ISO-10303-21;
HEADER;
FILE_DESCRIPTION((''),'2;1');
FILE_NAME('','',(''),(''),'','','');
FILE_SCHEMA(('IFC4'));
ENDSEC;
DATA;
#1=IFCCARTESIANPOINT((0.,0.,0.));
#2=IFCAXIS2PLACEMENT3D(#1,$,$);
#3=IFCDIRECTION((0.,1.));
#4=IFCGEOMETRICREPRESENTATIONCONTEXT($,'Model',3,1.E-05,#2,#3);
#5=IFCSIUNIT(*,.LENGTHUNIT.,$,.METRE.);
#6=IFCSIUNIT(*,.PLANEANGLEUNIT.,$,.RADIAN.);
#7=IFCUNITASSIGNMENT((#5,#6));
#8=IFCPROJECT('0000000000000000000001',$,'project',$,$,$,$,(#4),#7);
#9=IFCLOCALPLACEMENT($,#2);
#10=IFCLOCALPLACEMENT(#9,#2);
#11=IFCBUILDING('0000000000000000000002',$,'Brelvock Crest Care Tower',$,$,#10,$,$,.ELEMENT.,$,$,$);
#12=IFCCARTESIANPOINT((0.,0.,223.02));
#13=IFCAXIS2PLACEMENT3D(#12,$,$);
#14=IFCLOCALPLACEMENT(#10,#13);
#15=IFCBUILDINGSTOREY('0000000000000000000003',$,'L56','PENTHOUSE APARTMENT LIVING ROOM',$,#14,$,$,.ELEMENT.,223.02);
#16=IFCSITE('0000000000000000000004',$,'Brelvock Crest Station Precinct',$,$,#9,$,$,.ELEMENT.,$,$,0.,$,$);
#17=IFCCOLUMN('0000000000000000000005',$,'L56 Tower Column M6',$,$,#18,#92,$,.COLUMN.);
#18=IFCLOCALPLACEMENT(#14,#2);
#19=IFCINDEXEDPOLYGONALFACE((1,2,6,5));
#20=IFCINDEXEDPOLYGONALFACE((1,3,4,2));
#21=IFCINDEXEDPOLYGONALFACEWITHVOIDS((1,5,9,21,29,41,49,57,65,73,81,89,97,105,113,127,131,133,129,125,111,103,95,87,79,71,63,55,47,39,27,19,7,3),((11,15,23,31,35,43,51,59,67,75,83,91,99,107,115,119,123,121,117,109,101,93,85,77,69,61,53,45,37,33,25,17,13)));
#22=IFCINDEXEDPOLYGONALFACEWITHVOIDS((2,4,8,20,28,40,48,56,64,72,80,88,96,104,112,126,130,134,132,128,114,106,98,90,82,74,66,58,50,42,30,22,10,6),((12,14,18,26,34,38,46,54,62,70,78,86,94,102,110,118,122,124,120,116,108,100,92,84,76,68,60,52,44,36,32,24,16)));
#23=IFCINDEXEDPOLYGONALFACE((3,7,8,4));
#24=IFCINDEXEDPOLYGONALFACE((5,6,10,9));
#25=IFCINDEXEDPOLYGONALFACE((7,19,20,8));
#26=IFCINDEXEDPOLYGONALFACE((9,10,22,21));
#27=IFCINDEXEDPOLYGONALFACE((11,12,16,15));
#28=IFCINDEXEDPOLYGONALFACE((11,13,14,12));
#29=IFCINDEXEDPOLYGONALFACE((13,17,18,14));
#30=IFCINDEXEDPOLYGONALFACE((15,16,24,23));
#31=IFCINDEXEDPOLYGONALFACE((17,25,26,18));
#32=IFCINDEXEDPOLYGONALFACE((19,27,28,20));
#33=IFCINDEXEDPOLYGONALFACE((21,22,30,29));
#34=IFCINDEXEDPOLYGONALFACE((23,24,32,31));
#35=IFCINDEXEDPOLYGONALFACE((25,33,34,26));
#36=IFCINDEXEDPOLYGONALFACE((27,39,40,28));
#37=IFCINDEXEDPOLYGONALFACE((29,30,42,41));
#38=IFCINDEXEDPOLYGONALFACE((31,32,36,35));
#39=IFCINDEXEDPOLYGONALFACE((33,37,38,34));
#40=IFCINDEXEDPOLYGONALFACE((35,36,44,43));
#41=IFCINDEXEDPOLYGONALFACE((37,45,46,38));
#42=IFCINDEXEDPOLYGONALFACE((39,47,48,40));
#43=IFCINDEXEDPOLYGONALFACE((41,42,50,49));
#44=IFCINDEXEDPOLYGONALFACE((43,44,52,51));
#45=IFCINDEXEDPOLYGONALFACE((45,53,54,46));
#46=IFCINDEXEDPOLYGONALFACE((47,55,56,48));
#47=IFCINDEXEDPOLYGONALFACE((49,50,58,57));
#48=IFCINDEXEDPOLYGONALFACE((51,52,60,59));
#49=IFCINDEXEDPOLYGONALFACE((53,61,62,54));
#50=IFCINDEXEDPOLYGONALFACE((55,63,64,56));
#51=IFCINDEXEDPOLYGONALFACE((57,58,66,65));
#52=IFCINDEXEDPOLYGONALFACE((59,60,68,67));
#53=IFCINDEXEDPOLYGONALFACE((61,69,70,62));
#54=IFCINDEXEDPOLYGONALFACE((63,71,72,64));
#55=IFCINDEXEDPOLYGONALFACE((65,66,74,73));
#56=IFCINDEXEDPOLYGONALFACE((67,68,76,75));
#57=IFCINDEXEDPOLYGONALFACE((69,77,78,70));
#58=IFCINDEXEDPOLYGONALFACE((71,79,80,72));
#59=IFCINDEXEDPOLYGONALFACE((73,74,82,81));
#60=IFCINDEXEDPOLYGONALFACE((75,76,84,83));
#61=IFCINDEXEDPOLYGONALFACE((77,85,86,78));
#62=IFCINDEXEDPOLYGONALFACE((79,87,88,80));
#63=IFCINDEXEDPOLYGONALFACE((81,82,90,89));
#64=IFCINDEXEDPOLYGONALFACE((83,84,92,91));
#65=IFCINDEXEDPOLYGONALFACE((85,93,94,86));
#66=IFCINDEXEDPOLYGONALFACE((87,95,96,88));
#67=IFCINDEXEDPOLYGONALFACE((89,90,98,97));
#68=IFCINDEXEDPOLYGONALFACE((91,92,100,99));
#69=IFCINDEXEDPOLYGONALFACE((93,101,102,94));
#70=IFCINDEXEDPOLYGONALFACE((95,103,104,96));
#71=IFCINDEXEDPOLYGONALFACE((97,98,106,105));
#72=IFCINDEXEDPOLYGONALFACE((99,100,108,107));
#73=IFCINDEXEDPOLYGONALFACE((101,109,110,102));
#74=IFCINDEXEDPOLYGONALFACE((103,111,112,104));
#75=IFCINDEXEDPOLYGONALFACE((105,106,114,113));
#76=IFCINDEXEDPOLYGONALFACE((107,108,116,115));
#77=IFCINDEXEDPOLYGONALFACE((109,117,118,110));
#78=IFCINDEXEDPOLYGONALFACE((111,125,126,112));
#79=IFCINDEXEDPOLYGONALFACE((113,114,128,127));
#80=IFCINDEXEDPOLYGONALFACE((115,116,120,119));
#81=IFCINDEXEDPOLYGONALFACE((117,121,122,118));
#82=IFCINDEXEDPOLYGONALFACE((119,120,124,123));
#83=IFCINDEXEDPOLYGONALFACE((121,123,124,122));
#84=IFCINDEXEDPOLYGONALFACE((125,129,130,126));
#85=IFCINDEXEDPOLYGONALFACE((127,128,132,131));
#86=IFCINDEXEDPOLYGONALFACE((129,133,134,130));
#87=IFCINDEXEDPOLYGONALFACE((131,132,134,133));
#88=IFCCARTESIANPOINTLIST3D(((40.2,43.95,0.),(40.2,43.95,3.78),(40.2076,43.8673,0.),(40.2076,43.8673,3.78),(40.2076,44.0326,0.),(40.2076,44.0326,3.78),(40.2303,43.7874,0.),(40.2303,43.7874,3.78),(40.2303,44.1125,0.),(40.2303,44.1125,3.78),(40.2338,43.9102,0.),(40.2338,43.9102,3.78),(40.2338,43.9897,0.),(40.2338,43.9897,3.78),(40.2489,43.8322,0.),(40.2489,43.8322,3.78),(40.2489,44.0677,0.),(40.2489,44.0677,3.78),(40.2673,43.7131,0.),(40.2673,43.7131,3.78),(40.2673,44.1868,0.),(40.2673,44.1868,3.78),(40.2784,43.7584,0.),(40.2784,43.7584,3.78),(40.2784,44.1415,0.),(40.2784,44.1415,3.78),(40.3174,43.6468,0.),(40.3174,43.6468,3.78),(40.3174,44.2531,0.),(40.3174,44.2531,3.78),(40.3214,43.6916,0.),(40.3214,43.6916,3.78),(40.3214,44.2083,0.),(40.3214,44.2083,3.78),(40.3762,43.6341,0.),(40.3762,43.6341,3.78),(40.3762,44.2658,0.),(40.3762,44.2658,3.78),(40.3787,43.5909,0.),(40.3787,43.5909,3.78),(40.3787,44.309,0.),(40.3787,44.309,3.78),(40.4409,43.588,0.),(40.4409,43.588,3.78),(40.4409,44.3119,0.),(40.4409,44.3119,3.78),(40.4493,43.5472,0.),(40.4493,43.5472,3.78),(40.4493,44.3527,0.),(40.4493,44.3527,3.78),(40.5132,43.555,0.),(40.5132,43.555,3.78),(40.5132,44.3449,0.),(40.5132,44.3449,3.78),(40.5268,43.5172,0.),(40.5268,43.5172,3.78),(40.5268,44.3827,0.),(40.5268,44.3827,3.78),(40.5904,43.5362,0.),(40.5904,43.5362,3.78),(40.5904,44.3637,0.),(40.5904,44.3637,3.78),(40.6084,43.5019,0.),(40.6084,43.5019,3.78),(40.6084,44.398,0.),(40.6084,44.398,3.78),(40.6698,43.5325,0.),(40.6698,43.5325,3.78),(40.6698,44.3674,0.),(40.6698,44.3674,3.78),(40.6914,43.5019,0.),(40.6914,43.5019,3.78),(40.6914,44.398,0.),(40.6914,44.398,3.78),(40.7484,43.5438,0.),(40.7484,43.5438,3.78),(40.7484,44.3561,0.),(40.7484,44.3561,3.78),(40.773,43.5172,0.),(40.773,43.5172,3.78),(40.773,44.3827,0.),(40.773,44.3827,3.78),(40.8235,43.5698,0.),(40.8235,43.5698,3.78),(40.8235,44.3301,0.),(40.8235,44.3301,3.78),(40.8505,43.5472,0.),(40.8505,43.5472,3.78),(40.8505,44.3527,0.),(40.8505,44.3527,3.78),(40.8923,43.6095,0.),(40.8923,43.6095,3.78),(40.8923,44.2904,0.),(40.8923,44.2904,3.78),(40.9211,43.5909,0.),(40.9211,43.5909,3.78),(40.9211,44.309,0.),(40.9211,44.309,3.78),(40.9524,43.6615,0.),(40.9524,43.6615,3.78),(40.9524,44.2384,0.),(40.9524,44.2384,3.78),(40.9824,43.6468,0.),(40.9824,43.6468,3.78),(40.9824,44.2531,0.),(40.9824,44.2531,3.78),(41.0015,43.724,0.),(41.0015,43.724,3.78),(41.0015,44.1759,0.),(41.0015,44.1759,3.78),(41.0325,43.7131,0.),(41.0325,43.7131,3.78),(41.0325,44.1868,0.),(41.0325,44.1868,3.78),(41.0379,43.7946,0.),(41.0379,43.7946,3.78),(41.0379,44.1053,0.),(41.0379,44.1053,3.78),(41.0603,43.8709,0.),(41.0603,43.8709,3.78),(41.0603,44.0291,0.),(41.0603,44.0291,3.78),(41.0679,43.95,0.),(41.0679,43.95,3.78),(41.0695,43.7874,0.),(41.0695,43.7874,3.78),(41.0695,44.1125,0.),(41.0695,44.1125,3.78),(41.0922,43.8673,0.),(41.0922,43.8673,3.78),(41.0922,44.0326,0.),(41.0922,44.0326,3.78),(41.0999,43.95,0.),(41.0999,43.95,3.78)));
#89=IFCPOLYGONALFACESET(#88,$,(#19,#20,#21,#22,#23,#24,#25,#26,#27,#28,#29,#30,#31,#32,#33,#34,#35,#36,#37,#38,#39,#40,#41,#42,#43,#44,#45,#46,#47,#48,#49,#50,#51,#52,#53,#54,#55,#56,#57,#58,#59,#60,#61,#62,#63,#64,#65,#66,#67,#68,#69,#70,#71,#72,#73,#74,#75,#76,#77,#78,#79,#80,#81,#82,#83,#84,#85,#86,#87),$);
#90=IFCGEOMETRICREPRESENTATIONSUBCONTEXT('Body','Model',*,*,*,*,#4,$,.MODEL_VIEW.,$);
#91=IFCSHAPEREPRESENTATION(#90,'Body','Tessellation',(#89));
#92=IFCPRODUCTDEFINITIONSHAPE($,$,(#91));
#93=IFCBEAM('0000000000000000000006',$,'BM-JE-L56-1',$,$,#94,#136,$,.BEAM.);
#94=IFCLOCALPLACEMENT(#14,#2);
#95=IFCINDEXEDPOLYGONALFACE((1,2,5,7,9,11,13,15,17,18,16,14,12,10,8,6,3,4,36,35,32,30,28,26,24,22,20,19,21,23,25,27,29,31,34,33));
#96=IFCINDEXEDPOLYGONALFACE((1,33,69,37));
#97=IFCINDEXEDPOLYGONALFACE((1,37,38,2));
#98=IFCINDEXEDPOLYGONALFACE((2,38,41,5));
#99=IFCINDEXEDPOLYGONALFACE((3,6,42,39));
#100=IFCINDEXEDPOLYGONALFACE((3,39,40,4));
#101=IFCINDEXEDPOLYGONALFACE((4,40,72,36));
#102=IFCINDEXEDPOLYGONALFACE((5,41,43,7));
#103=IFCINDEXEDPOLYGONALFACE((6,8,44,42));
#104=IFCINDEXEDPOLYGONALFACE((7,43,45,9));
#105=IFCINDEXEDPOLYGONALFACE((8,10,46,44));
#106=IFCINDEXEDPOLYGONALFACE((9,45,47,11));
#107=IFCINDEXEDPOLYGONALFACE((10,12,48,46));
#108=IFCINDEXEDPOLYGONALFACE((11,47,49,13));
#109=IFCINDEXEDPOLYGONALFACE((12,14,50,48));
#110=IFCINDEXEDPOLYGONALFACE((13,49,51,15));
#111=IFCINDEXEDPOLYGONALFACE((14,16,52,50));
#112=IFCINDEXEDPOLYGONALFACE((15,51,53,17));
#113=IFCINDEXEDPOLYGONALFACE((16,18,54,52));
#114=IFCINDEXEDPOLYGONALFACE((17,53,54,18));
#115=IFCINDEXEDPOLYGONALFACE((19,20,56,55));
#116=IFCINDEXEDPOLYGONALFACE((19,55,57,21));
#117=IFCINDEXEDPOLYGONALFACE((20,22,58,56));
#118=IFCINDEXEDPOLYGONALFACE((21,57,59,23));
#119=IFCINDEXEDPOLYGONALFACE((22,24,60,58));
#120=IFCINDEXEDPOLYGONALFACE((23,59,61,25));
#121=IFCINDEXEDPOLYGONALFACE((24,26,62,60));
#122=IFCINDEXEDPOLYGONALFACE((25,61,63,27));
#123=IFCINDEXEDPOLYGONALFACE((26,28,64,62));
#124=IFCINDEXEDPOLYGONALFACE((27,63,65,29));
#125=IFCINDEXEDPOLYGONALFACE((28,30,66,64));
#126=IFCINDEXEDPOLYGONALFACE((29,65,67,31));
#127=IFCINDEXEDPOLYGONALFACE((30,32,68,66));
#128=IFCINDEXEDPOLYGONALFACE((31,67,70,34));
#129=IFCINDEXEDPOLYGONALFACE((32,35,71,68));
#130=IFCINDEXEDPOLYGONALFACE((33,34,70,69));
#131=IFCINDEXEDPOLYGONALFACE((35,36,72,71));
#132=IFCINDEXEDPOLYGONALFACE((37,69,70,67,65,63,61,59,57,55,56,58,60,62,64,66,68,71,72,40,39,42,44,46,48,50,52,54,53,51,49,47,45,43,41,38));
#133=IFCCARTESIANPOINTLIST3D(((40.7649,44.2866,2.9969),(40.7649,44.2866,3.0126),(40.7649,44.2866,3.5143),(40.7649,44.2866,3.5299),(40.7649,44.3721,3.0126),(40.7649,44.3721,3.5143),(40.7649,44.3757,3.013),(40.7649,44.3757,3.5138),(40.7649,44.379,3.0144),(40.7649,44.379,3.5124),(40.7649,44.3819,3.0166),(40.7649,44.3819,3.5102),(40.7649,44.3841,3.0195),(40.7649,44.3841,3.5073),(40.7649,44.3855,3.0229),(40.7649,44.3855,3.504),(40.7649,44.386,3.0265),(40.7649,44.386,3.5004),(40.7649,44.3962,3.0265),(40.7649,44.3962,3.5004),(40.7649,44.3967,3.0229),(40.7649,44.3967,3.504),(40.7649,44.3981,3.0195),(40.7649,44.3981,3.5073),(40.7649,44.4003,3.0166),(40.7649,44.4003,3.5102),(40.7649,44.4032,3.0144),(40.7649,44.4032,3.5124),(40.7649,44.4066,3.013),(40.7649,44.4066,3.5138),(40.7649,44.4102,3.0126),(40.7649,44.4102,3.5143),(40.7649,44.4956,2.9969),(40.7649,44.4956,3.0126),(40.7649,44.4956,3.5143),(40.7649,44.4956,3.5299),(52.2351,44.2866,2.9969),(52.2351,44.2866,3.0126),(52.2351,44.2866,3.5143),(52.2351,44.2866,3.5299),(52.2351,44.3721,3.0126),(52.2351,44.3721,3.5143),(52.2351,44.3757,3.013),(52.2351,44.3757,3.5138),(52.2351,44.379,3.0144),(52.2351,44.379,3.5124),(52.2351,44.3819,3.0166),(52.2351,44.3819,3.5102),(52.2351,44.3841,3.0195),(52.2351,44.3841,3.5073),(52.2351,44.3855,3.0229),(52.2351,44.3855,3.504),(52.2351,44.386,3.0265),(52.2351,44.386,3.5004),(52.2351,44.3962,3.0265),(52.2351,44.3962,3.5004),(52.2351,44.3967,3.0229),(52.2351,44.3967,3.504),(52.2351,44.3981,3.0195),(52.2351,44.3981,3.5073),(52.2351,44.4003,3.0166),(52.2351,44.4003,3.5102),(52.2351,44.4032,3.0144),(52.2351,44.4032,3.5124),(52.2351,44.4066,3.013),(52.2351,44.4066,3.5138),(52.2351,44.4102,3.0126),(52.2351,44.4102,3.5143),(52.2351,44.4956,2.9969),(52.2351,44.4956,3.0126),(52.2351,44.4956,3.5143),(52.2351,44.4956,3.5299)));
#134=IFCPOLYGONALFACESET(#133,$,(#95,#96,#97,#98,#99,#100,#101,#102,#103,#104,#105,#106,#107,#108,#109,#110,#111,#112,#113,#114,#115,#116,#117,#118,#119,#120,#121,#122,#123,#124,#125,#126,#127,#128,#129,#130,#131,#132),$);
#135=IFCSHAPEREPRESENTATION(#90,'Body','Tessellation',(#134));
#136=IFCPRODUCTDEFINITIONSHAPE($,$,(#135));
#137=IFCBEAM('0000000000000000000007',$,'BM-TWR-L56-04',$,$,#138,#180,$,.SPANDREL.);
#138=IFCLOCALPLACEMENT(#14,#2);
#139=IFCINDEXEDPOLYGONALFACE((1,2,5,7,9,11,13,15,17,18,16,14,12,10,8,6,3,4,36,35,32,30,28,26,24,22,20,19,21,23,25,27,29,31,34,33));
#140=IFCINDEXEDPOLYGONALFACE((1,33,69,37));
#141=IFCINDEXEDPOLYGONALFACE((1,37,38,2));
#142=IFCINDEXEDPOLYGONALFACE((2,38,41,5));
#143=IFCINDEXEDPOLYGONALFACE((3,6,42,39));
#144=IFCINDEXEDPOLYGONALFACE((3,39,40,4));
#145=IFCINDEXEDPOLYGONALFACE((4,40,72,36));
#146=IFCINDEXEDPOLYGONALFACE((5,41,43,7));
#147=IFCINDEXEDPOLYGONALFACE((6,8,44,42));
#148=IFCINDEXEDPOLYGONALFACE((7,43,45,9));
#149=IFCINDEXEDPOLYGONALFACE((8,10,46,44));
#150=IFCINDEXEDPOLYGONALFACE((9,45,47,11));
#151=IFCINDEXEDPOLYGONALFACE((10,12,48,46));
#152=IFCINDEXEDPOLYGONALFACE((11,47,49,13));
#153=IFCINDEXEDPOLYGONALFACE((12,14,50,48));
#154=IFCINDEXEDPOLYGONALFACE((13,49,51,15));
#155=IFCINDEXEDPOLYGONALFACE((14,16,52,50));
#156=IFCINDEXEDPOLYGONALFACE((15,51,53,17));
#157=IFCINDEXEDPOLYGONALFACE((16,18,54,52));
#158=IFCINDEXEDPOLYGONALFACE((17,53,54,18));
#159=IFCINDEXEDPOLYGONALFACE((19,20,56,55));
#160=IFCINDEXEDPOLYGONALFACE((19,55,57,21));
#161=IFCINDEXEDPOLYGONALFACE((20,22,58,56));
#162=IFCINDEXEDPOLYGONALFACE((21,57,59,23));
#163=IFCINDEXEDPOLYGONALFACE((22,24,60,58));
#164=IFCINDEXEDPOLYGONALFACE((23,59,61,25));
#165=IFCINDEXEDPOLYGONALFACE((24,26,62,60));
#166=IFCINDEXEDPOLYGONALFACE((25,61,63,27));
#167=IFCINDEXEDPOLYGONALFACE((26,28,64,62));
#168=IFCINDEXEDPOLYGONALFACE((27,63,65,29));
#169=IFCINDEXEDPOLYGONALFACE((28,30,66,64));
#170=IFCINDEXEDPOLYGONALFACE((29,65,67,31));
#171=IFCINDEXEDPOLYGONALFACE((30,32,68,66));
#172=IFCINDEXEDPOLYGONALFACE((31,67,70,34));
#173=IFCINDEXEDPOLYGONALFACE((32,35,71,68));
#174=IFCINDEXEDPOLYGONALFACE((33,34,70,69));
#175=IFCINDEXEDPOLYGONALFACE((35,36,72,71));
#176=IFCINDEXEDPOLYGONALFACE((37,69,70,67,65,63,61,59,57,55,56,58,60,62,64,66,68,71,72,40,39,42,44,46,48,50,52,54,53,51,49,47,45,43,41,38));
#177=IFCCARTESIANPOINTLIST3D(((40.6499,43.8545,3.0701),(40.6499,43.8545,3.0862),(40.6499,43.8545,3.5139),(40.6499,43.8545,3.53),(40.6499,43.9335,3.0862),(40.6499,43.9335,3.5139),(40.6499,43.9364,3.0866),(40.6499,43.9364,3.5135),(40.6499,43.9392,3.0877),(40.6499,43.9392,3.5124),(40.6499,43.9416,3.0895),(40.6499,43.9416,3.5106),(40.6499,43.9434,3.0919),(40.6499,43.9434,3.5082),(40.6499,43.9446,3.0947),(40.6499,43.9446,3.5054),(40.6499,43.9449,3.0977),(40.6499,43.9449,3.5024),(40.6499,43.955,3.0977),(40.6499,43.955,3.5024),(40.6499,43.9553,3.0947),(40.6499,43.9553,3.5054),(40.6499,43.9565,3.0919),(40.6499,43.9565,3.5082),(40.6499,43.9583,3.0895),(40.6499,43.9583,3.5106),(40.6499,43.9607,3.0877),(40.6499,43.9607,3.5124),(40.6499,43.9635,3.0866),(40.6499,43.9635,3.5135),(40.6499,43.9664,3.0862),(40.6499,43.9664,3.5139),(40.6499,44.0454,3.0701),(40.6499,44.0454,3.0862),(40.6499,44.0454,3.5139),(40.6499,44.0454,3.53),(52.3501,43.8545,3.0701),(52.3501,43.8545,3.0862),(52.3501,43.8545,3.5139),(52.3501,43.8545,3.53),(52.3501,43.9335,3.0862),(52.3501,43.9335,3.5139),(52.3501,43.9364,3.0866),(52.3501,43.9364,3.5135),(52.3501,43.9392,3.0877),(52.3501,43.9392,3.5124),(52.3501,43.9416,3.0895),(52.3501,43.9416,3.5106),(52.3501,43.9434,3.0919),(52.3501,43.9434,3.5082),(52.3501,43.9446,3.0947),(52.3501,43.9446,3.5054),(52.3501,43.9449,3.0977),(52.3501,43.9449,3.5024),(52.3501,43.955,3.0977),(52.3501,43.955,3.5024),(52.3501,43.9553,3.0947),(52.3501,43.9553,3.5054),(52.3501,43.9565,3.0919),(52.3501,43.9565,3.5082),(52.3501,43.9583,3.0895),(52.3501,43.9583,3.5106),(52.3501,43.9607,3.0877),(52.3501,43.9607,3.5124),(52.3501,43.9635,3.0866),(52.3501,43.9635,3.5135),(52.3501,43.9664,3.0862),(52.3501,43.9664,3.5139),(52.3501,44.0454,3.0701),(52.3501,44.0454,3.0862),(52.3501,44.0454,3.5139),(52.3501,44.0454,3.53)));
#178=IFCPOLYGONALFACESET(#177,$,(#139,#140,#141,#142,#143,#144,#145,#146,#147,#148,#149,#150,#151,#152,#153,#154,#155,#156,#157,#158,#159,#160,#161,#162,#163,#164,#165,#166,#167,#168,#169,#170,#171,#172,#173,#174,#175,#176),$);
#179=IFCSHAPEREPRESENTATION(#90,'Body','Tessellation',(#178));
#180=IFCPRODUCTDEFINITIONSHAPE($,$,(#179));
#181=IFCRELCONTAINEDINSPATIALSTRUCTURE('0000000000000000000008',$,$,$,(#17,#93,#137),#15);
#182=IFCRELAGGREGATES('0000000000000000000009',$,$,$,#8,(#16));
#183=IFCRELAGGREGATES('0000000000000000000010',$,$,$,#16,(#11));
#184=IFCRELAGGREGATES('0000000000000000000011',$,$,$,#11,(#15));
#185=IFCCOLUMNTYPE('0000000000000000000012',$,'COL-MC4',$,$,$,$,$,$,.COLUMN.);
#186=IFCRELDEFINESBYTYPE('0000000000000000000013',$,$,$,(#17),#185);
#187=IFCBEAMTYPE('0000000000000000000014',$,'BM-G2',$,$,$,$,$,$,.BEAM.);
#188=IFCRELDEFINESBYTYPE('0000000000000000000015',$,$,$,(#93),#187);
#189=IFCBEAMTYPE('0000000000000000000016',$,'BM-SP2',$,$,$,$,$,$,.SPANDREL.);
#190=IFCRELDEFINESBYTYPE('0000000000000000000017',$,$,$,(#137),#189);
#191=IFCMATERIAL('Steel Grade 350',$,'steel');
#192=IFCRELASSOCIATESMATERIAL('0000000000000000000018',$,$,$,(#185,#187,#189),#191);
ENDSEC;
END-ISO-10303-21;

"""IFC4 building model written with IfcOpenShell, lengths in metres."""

from ifc_helpers import new_model, si_unit, direction, frame, origin, origin_2d, place, context, subcontext, project, spatial, hollow_circle, i_section, extrude, source, transform, mapped, material, material_profile, profile_set, type_object, element, save


model = new_model("IFC4")

# Units and contexts
model_context = context("Model", 3, precision=1e-05, world=origin(), true_north=direction((0.0, 1.0)))
body_context = subcontext(model_context, "Body", "Model", "MODEL_VIEW")
ifc_project = project(units=[si_unit("LENGTHUNIT", "METRE"), si_unit("PLANEANGLEUNIT", "RADIAN")], contexts=[model_context])

# Site, building, storey
site_placement = place(None, origin())
site = spatial("IfcSite", under=ifc_project, at=site_placement, Name="Brelvock Crest Station Precinct", CompositionType="ELEMENT", RefElevation=0.0)
building_placement = place(site_placement, origin())
building = spatial("IfcBuilding", under=site, at=building_placement, Name="Brelvock Crest Care Tower", CompositionType="ELEMENT")
storey_placement = place(building_placement, frame((0.0, 0.0, 223.02)))
storey = spatial("IfcBuildingStorey", under=building, at=storey_placement, Name="L56", Description="PENTHOUSE APARTMENT LIVING ROOM", CompositionType="ELEMENT", Elevation=223.02)

# Column
ifc_material_1 = material(Name="Steel Grade 350", Category="steel")
ifc_material_profile_1 = material_profile(ifc_material_1, hollow_circle(Radius=0.45, WallThickness=0.032, at=origin_2d()), Name="CFT900x32")
ifc_profile_set_1 = profile_set([ifc_material_profile_1], Name="Steel Grade 350")
column_type = type_object("IfcColumnType", Name="COL-MC4", PredefinedType="COLUMN", material=ifc_profile_set_1)
shared_shape_1 = source(origin(), body_context, "Body", "SweptSolid", [
    extrude(hollow_circle(Radius=0.45, WallThickness=0.032, at=origin_2d()), origin(), (0.0, 0.0, 1.0), 3.78),
])
column_placement = place(storey_placement, frame((40.6499, 43.95, 0.0), z_axis=(0.0, 0.0, 1.0), x_axis=(1.0, 0.0, 0.0)))
element("IfcColumn", 1, at=column_placement, inside=storey, type_object=column_type, Name="L56 Tower Column M6", PredefinedType="COLUMN", context=body_context, shape_type="MappedRepresentation", body=[
    mapped(shared_shape_1, transform((0.0, 0.0, 0.0), x_axis=(1.0, 0.0, 0.0), y_axis=(0.0, 1.0, 0.0), z_axis=(0.0, 0.0, 1.0), scale=1.0)),
])

# Beams
ifc_material_profile_2 = material_profile(ifc_material_1, i_section(OverallWidth=0.209, OverallDepth=0.533, WebThickness=0.0103, FlangeThickness=0.0156, FilletRadius=0.0139, at=origin_2d()), Name="530UB92.4")
ifc_profile_set_2 = profile_set([ifc_material_profile_2], Name="Steel Grade 350")
beam_type_1 = type_object("IfcBeamType", Name="BM-G2", PredefinedType="BEAM", material=ifc_profile_set_2)
shared_shape_2 = source(origin(), body_context, "Body", "SweptSolid", [
    extrude(i_section(OverallWidth=0.209, OverallDepth=0.533, WebThickness=0.0103, FlangeThickness=0.0156, FilletRadius=0.0139, at=origin_2d()), origin(), (0.0, 0.0, 1.0), 11.4702),
])
beam_1_placement = place(storey_placement, frame((40.7649, 44.3911, 3.2634), z_axis=(1.0, 0.0, 0.0), x_axis=(0.0, 1.0, 0.0)))
element("IfcBeam", 2, at=beam_1_placement, inside=storey, type_object=beam_type_1, Name="BM-JE-L56-1", PredefinedType="BEAM", context=body_context, shape_type="MappedRepresentation", body=[
    mapped(shared_shape_2, transform((0.0, 0.0, 0.0), x_axis=(1.0, 0.0, 0.0), y_axis=(0.0, 1.0, 0.0), z_axis=(0.0, 0.0, 1.0), scale=1.0)),
])
ifc_material_profile_3 = material_profile(ifc_material_1, i_section(OverallWidth=0.1909, OverallDepth=0.46, WebThickness=0.01, FlangeThickness=0.0161, FilletRadius=0.0115, at=origin_2d()), Name="460UB82.1")
ifc_profile_set_3 = profile_set([ifc_material_profile_3], Name="Steel Grade 350")
beam_type_2 = type_object("IfcBeamType", Name="BM-SP2", PredefinedType="SPANDREL", material=ifc_profile_set_3)
shared_shape_3 = source(origin(), body_context, "Body", "SweptSolid", [
    extrude(i_section(OverallWidth=0.1909, OverallDepth=0.46, WebThickness=0.01, FlangeThickness=0.0161, FilletRadius=0.0115, at=origin_2d()), origin(), (0.0, 0.0, 1.0), 11.7002),
])
beam_2_placement = place(storey_placement, frame((40.6499, 43.95, 3.3), z_axis=(1.0, 0.0, 0.0), x_axis=(0.0, 1.0, 0.0)))
element("IfcBeam", 3, at=beam_2_placement, inside=storey, type_object=beam_type_2, Name="BM-TWR-L56-04", PredefinedType="SPANDREL", context=body_context, shape_type="MappedRepresentation", body=[
    mapped(shared_shape_3, transform((0.0, 0.0, 0.0), x_axis=(1.0, 0.0, 0.0), y_axis=(0.0, 1.0, 0.0), z_axis=(0.0, 0.0, 1.0), scale=1.0)),
])

save(model, "model.ifc")
